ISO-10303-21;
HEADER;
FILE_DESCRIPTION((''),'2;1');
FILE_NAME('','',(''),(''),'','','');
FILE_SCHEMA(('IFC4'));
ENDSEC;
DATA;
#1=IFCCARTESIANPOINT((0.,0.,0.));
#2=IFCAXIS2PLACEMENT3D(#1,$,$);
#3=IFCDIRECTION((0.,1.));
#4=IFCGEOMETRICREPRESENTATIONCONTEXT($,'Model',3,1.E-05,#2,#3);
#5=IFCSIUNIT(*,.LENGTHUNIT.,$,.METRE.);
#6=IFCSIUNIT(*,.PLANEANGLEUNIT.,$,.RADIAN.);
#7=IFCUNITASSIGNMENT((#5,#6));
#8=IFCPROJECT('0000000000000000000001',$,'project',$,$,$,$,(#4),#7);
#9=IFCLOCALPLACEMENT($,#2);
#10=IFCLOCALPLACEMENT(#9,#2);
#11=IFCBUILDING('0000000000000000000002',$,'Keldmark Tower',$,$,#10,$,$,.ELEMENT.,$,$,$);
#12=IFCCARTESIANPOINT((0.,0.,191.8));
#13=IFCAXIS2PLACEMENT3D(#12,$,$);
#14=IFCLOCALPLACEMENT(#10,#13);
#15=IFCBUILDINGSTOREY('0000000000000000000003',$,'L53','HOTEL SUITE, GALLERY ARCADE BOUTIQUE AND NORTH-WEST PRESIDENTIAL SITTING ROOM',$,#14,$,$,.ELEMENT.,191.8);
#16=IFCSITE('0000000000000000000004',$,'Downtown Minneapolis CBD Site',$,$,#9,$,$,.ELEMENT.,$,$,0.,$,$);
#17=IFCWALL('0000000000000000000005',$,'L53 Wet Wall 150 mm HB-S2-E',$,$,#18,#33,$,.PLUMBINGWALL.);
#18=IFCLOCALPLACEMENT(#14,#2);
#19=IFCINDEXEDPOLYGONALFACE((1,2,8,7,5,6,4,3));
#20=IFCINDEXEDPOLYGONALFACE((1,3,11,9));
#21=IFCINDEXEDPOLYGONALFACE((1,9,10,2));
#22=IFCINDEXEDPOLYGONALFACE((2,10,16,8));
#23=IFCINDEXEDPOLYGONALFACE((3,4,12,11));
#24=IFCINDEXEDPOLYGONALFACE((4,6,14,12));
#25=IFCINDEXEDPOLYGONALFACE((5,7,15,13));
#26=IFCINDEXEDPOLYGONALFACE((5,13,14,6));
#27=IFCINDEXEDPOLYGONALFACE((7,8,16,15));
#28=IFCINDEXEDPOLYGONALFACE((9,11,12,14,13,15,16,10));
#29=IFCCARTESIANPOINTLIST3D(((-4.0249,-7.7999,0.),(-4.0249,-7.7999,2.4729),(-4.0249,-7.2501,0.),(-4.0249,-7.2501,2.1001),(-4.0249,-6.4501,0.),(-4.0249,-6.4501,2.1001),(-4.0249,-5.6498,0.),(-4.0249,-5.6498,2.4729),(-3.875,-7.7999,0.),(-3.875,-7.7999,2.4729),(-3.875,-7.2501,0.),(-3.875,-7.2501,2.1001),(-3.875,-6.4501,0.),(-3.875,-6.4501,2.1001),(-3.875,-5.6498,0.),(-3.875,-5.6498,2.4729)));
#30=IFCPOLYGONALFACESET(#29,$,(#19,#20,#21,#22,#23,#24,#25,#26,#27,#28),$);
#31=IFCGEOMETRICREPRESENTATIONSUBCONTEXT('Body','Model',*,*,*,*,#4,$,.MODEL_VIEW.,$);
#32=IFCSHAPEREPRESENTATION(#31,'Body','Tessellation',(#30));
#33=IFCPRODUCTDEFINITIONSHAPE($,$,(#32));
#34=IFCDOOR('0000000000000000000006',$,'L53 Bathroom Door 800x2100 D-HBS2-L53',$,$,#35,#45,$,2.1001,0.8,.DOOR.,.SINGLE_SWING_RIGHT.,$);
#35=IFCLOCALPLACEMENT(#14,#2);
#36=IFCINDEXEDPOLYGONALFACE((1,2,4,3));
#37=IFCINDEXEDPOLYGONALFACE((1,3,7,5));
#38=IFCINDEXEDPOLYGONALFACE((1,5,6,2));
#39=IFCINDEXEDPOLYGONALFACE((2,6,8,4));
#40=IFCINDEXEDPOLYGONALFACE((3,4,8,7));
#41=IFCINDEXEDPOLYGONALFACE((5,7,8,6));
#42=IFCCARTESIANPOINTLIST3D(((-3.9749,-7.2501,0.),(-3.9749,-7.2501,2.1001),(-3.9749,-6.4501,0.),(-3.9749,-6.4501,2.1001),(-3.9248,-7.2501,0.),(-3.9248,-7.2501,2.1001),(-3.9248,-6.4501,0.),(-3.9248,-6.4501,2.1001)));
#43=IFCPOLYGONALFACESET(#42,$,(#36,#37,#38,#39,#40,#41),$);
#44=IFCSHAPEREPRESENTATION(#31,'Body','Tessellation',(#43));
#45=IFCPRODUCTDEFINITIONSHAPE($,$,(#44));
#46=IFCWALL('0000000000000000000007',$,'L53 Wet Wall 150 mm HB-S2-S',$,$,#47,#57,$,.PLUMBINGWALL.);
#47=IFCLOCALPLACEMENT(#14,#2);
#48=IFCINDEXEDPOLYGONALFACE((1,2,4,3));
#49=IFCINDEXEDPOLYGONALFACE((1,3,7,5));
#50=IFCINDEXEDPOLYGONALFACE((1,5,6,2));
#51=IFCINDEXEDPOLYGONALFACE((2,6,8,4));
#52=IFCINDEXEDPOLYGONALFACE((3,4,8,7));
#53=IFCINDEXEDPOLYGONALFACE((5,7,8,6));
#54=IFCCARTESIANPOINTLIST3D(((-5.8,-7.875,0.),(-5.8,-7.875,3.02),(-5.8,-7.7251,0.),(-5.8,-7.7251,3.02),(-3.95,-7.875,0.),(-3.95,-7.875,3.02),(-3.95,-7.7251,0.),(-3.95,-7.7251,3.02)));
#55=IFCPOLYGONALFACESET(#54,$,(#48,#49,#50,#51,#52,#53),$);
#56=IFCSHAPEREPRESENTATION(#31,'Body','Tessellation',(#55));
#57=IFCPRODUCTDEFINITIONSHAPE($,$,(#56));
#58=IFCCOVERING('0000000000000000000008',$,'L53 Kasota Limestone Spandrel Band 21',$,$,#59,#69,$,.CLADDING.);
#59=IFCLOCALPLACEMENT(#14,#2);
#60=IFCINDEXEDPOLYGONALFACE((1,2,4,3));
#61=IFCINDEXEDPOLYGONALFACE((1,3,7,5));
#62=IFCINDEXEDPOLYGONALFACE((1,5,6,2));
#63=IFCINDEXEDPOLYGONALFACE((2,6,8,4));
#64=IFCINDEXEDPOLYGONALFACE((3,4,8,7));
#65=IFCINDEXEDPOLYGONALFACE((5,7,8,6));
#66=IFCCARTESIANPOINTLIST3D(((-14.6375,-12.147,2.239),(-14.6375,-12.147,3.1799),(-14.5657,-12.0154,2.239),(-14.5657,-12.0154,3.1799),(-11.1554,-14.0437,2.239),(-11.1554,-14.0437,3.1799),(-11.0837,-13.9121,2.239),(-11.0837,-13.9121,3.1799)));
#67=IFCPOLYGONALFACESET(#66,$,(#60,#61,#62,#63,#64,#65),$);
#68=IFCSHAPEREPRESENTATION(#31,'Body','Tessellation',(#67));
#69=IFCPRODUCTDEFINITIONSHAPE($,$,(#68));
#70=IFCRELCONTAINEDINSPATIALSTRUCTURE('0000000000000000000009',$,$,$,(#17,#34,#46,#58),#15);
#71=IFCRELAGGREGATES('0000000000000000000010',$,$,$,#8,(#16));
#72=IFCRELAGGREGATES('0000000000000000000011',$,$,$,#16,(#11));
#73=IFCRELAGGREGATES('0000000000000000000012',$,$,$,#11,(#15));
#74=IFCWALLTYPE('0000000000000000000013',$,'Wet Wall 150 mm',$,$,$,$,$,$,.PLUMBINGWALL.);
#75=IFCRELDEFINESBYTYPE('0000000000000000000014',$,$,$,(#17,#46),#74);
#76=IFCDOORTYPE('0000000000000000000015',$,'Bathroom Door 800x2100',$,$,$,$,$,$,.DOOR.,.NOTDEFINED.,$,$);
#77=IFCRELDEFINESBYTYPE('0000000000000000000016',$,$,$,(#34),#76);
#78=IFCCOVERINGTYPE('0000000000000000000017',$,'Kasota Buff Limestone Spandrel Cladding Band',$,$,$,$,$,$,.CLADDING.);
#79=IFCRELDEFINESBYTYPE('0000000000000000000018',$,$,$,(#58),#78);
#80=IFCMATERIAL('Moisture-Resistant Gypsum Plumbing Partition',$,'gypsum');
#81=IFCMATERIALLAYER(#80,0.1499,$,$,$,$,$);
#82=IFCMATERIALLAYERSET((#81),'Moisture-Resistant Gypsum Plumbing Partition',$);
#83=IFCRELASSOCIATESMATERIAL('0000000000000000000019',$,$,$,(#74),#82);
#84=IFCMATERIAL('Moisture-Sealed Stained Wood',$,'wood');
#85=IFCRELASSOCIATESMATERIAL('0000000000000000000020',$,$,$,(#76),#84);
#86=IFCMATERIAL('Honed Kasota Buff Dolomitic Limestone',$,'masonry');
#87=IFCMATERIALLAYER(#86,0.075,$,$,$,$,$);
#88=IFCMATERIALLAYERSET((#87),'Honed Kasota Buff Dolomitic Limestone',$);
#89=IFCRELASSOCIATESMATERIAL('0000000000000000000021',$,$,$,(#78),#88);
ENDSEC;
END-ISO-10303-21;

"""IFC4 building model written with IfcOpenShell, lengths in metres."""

from ifc_helpers import new_model, si_unit, direction, frame, frame_2d, origin, origin_2d, place, context, subcontext, project, spatial, rectangle, extrude, material, layer, layer_set, type_object, element, fill, save


model = new_model("IFC4")

# Units and contexts
model_context = context("Model", 3, precision=1e-05, world=origin(), true_north=direction((0.0, 1.0)))
body_context = subcontext(model_context, "Body", "Model", "MODEL_VIEW")
ifc_project = project(units=[si_unit("LENGTHUNIT", "METRE"), si_unit("PLANEANGLEUNIT", "RADIAN")], contexts=[model_context])

# Site, building, storey
site_placement = place(None, origin())
site = spatial("IfcSite", under=ifc_project, at=site_placement, Name="Downtown Minneapolis CBD Site", CompositionType="ELEMENT", RefElevation=0.0)
building_placement = place(site_placement, origin())
building = spatial("IfcBuilding", under=site, at=building_placement, Name="Keldmark Tower", CompositionType="ELEMENT")
storey_placement = place(building_placement, frame((0.0, 0.0, 191.8)))
storey = spatial("IfcBuildingStorey", under=building, at=storey_placement, Name="L53", Description="HOTEL SUITE, GALLERY ARCADE BOUTIQUE AND NORTH-WEST PRESIDENTIAL SITTING ROOM", CompositionType="ELEMENT", Elevation=191.8)

# Shared definitions
ifc_material_1 = material(Name="Moisture-Resistant Gypsum Plumbing Partition", Category="gypsum")
ifc_layer_1 = layer(ifc_material_1, 0.1499)
ifc_layer_set_1 = layer_set([ifc_layer_1], Name="Moisture-Resistant Gypsum Plumbing Partition")
wall_type_1 = type_object("IfcWallType", Name="Wet Wall 150 mm", PredefinedType="PLUMBINGWALL", material=ifc_layer_set_1)

# Wall, opening, door
wall_1_placement = place(storey_placement, frame((-3.95, -7.8, 0.0), z_axis=(0.0, 0.0, 1.0), x_axis=(0.0, 1.0, 0.0)))
wall_1 = element("IfcWall", 1, at=wall_1_placement, inside=storey, type_object=wall_type_1, Name="L53 Wet Wall 150 mm HB-S2-E", PredefinedType="PLUMBINGWALL", context=body_context, shape_type="SweptSolid", body=[
    extrude(rectangle(XDim=2.1501, YDim=0.1499, at=frame_2d((1.0752, 0.0))), origin(), (0.0, 0.0, 1.0), 2.4729),
])
opening_1_placement = place(wall_1_placement, frame((0.55, 0.0, 0.0)))
opening_1 = element("IfcOpeningElement", 2, at=opening_1_placement, cuts=wall_1, PredefinedType="OPENING", context=body_context, shape_type="SweptSolid", body=[
    extrude(rectangle(XDim=0.8, YDim=2.1001, at=frame_2d((0.3999, 1.05))), frame((0.0, 0.085, 0.0), z_axis=(0.0, -1.0, 0.0), x_axis=(1.0, 0.0, 0.0)), (0.0, 0.0, 1.0), 0.1699),
])
ifc_material_2 = material(Name="Moisture-Sealed Stained Wood", Category="wood")
door_type = type_object("IfcDoorType", Name="Bathroom Door 800x2100", OperationType="NOTDEFINED", PredefinedType="DOOR", material=ifc_material_2)
door_placement = place(opening_1_placement, origin())
door = element("IfcDoor", 3, at=door_placement, inside=storey, type_object=door_type, Name="L53 Bathroom Door 800x2100 D-HBS2-L53", OperationType="SINGLE_SWING_RIGHT", OverallHeight=2.1001, OverallWidth=0.8, PredefinedType="DOOR", context=body_context, shape_type="SweptSolid", body=[
    extrude(rectangle(XDim=0.8, YDim=2.1001, at=frame_2d((0.3999, 1.05))), frame((0.0, 0.0249, 0.0), z_axis=(0.0, -1.0, 0.0), x_axis=(1.0, 0.0, 0.0)), (0.0, 0.0, 1.0), 0.05),
])
fill(opening_1, door)

# Wall
wall_2_placement = place(storey_placement, frame((-5.8, -7.8, 0.0), z_axis=(0.0, 0.0, 1.0), x_axis=(1.0, 0.0, 0.0)))
element("IfcWall", 4, at=wall_2_placement, inside=storey, type_object=wall_type_1, Name="L53 Wet Wall 150 mm HB-S2-S", PredefinedType="PLUMBINGWALL", context=body_context, shape_type="SweptSolid", body=[
    extrude(rectangle(XDim=1.8501, YDim=0.1499, at=frame_2d((0.925, 0.0))), origin(), (0.0, 0.0, 1.0), 3.02),
])

# Covering
ifc_material_3 = material(Name="Honed Kasota Buff Dolomitic Limestone", Category="masonry")
ifc_layer_2 = layer(ifc_material_3, 0.075)
ifc_layer_set_2 = layer_set([ifc_layer_2], Name="Honed Kasota Buff Dolomitic Limestone")
covering_type = type_object("IfcCoveringType", Name="Kasota Buff Limestone Spandrel Cladding Band", PredefinedType="CLADDING", material=ifc_layer_set_2)
covering_placement = place(storey_placement, frame((-12.8606, -13.0295, 2.239), z_axis=(0.0, 0.0, 1.0), x_axis=(0.878167, -0.478355, 0.0)))
element("IfcCovering", 5, at=covering_placement, inside=storey, type_object=covering_type, Name="L53 Kasota Limestone Spandrel Band 21", PredefinedType="CLADDING", context=body_context, shape_type="SweptSolid", body=[
    extrude(rectangle(XDim=3.9651, YDim=0.1499, at=origin_2d()), origin(), (0.0, 0.0, 1.0), 0.9409),
])

save(model, "model.ifc")
